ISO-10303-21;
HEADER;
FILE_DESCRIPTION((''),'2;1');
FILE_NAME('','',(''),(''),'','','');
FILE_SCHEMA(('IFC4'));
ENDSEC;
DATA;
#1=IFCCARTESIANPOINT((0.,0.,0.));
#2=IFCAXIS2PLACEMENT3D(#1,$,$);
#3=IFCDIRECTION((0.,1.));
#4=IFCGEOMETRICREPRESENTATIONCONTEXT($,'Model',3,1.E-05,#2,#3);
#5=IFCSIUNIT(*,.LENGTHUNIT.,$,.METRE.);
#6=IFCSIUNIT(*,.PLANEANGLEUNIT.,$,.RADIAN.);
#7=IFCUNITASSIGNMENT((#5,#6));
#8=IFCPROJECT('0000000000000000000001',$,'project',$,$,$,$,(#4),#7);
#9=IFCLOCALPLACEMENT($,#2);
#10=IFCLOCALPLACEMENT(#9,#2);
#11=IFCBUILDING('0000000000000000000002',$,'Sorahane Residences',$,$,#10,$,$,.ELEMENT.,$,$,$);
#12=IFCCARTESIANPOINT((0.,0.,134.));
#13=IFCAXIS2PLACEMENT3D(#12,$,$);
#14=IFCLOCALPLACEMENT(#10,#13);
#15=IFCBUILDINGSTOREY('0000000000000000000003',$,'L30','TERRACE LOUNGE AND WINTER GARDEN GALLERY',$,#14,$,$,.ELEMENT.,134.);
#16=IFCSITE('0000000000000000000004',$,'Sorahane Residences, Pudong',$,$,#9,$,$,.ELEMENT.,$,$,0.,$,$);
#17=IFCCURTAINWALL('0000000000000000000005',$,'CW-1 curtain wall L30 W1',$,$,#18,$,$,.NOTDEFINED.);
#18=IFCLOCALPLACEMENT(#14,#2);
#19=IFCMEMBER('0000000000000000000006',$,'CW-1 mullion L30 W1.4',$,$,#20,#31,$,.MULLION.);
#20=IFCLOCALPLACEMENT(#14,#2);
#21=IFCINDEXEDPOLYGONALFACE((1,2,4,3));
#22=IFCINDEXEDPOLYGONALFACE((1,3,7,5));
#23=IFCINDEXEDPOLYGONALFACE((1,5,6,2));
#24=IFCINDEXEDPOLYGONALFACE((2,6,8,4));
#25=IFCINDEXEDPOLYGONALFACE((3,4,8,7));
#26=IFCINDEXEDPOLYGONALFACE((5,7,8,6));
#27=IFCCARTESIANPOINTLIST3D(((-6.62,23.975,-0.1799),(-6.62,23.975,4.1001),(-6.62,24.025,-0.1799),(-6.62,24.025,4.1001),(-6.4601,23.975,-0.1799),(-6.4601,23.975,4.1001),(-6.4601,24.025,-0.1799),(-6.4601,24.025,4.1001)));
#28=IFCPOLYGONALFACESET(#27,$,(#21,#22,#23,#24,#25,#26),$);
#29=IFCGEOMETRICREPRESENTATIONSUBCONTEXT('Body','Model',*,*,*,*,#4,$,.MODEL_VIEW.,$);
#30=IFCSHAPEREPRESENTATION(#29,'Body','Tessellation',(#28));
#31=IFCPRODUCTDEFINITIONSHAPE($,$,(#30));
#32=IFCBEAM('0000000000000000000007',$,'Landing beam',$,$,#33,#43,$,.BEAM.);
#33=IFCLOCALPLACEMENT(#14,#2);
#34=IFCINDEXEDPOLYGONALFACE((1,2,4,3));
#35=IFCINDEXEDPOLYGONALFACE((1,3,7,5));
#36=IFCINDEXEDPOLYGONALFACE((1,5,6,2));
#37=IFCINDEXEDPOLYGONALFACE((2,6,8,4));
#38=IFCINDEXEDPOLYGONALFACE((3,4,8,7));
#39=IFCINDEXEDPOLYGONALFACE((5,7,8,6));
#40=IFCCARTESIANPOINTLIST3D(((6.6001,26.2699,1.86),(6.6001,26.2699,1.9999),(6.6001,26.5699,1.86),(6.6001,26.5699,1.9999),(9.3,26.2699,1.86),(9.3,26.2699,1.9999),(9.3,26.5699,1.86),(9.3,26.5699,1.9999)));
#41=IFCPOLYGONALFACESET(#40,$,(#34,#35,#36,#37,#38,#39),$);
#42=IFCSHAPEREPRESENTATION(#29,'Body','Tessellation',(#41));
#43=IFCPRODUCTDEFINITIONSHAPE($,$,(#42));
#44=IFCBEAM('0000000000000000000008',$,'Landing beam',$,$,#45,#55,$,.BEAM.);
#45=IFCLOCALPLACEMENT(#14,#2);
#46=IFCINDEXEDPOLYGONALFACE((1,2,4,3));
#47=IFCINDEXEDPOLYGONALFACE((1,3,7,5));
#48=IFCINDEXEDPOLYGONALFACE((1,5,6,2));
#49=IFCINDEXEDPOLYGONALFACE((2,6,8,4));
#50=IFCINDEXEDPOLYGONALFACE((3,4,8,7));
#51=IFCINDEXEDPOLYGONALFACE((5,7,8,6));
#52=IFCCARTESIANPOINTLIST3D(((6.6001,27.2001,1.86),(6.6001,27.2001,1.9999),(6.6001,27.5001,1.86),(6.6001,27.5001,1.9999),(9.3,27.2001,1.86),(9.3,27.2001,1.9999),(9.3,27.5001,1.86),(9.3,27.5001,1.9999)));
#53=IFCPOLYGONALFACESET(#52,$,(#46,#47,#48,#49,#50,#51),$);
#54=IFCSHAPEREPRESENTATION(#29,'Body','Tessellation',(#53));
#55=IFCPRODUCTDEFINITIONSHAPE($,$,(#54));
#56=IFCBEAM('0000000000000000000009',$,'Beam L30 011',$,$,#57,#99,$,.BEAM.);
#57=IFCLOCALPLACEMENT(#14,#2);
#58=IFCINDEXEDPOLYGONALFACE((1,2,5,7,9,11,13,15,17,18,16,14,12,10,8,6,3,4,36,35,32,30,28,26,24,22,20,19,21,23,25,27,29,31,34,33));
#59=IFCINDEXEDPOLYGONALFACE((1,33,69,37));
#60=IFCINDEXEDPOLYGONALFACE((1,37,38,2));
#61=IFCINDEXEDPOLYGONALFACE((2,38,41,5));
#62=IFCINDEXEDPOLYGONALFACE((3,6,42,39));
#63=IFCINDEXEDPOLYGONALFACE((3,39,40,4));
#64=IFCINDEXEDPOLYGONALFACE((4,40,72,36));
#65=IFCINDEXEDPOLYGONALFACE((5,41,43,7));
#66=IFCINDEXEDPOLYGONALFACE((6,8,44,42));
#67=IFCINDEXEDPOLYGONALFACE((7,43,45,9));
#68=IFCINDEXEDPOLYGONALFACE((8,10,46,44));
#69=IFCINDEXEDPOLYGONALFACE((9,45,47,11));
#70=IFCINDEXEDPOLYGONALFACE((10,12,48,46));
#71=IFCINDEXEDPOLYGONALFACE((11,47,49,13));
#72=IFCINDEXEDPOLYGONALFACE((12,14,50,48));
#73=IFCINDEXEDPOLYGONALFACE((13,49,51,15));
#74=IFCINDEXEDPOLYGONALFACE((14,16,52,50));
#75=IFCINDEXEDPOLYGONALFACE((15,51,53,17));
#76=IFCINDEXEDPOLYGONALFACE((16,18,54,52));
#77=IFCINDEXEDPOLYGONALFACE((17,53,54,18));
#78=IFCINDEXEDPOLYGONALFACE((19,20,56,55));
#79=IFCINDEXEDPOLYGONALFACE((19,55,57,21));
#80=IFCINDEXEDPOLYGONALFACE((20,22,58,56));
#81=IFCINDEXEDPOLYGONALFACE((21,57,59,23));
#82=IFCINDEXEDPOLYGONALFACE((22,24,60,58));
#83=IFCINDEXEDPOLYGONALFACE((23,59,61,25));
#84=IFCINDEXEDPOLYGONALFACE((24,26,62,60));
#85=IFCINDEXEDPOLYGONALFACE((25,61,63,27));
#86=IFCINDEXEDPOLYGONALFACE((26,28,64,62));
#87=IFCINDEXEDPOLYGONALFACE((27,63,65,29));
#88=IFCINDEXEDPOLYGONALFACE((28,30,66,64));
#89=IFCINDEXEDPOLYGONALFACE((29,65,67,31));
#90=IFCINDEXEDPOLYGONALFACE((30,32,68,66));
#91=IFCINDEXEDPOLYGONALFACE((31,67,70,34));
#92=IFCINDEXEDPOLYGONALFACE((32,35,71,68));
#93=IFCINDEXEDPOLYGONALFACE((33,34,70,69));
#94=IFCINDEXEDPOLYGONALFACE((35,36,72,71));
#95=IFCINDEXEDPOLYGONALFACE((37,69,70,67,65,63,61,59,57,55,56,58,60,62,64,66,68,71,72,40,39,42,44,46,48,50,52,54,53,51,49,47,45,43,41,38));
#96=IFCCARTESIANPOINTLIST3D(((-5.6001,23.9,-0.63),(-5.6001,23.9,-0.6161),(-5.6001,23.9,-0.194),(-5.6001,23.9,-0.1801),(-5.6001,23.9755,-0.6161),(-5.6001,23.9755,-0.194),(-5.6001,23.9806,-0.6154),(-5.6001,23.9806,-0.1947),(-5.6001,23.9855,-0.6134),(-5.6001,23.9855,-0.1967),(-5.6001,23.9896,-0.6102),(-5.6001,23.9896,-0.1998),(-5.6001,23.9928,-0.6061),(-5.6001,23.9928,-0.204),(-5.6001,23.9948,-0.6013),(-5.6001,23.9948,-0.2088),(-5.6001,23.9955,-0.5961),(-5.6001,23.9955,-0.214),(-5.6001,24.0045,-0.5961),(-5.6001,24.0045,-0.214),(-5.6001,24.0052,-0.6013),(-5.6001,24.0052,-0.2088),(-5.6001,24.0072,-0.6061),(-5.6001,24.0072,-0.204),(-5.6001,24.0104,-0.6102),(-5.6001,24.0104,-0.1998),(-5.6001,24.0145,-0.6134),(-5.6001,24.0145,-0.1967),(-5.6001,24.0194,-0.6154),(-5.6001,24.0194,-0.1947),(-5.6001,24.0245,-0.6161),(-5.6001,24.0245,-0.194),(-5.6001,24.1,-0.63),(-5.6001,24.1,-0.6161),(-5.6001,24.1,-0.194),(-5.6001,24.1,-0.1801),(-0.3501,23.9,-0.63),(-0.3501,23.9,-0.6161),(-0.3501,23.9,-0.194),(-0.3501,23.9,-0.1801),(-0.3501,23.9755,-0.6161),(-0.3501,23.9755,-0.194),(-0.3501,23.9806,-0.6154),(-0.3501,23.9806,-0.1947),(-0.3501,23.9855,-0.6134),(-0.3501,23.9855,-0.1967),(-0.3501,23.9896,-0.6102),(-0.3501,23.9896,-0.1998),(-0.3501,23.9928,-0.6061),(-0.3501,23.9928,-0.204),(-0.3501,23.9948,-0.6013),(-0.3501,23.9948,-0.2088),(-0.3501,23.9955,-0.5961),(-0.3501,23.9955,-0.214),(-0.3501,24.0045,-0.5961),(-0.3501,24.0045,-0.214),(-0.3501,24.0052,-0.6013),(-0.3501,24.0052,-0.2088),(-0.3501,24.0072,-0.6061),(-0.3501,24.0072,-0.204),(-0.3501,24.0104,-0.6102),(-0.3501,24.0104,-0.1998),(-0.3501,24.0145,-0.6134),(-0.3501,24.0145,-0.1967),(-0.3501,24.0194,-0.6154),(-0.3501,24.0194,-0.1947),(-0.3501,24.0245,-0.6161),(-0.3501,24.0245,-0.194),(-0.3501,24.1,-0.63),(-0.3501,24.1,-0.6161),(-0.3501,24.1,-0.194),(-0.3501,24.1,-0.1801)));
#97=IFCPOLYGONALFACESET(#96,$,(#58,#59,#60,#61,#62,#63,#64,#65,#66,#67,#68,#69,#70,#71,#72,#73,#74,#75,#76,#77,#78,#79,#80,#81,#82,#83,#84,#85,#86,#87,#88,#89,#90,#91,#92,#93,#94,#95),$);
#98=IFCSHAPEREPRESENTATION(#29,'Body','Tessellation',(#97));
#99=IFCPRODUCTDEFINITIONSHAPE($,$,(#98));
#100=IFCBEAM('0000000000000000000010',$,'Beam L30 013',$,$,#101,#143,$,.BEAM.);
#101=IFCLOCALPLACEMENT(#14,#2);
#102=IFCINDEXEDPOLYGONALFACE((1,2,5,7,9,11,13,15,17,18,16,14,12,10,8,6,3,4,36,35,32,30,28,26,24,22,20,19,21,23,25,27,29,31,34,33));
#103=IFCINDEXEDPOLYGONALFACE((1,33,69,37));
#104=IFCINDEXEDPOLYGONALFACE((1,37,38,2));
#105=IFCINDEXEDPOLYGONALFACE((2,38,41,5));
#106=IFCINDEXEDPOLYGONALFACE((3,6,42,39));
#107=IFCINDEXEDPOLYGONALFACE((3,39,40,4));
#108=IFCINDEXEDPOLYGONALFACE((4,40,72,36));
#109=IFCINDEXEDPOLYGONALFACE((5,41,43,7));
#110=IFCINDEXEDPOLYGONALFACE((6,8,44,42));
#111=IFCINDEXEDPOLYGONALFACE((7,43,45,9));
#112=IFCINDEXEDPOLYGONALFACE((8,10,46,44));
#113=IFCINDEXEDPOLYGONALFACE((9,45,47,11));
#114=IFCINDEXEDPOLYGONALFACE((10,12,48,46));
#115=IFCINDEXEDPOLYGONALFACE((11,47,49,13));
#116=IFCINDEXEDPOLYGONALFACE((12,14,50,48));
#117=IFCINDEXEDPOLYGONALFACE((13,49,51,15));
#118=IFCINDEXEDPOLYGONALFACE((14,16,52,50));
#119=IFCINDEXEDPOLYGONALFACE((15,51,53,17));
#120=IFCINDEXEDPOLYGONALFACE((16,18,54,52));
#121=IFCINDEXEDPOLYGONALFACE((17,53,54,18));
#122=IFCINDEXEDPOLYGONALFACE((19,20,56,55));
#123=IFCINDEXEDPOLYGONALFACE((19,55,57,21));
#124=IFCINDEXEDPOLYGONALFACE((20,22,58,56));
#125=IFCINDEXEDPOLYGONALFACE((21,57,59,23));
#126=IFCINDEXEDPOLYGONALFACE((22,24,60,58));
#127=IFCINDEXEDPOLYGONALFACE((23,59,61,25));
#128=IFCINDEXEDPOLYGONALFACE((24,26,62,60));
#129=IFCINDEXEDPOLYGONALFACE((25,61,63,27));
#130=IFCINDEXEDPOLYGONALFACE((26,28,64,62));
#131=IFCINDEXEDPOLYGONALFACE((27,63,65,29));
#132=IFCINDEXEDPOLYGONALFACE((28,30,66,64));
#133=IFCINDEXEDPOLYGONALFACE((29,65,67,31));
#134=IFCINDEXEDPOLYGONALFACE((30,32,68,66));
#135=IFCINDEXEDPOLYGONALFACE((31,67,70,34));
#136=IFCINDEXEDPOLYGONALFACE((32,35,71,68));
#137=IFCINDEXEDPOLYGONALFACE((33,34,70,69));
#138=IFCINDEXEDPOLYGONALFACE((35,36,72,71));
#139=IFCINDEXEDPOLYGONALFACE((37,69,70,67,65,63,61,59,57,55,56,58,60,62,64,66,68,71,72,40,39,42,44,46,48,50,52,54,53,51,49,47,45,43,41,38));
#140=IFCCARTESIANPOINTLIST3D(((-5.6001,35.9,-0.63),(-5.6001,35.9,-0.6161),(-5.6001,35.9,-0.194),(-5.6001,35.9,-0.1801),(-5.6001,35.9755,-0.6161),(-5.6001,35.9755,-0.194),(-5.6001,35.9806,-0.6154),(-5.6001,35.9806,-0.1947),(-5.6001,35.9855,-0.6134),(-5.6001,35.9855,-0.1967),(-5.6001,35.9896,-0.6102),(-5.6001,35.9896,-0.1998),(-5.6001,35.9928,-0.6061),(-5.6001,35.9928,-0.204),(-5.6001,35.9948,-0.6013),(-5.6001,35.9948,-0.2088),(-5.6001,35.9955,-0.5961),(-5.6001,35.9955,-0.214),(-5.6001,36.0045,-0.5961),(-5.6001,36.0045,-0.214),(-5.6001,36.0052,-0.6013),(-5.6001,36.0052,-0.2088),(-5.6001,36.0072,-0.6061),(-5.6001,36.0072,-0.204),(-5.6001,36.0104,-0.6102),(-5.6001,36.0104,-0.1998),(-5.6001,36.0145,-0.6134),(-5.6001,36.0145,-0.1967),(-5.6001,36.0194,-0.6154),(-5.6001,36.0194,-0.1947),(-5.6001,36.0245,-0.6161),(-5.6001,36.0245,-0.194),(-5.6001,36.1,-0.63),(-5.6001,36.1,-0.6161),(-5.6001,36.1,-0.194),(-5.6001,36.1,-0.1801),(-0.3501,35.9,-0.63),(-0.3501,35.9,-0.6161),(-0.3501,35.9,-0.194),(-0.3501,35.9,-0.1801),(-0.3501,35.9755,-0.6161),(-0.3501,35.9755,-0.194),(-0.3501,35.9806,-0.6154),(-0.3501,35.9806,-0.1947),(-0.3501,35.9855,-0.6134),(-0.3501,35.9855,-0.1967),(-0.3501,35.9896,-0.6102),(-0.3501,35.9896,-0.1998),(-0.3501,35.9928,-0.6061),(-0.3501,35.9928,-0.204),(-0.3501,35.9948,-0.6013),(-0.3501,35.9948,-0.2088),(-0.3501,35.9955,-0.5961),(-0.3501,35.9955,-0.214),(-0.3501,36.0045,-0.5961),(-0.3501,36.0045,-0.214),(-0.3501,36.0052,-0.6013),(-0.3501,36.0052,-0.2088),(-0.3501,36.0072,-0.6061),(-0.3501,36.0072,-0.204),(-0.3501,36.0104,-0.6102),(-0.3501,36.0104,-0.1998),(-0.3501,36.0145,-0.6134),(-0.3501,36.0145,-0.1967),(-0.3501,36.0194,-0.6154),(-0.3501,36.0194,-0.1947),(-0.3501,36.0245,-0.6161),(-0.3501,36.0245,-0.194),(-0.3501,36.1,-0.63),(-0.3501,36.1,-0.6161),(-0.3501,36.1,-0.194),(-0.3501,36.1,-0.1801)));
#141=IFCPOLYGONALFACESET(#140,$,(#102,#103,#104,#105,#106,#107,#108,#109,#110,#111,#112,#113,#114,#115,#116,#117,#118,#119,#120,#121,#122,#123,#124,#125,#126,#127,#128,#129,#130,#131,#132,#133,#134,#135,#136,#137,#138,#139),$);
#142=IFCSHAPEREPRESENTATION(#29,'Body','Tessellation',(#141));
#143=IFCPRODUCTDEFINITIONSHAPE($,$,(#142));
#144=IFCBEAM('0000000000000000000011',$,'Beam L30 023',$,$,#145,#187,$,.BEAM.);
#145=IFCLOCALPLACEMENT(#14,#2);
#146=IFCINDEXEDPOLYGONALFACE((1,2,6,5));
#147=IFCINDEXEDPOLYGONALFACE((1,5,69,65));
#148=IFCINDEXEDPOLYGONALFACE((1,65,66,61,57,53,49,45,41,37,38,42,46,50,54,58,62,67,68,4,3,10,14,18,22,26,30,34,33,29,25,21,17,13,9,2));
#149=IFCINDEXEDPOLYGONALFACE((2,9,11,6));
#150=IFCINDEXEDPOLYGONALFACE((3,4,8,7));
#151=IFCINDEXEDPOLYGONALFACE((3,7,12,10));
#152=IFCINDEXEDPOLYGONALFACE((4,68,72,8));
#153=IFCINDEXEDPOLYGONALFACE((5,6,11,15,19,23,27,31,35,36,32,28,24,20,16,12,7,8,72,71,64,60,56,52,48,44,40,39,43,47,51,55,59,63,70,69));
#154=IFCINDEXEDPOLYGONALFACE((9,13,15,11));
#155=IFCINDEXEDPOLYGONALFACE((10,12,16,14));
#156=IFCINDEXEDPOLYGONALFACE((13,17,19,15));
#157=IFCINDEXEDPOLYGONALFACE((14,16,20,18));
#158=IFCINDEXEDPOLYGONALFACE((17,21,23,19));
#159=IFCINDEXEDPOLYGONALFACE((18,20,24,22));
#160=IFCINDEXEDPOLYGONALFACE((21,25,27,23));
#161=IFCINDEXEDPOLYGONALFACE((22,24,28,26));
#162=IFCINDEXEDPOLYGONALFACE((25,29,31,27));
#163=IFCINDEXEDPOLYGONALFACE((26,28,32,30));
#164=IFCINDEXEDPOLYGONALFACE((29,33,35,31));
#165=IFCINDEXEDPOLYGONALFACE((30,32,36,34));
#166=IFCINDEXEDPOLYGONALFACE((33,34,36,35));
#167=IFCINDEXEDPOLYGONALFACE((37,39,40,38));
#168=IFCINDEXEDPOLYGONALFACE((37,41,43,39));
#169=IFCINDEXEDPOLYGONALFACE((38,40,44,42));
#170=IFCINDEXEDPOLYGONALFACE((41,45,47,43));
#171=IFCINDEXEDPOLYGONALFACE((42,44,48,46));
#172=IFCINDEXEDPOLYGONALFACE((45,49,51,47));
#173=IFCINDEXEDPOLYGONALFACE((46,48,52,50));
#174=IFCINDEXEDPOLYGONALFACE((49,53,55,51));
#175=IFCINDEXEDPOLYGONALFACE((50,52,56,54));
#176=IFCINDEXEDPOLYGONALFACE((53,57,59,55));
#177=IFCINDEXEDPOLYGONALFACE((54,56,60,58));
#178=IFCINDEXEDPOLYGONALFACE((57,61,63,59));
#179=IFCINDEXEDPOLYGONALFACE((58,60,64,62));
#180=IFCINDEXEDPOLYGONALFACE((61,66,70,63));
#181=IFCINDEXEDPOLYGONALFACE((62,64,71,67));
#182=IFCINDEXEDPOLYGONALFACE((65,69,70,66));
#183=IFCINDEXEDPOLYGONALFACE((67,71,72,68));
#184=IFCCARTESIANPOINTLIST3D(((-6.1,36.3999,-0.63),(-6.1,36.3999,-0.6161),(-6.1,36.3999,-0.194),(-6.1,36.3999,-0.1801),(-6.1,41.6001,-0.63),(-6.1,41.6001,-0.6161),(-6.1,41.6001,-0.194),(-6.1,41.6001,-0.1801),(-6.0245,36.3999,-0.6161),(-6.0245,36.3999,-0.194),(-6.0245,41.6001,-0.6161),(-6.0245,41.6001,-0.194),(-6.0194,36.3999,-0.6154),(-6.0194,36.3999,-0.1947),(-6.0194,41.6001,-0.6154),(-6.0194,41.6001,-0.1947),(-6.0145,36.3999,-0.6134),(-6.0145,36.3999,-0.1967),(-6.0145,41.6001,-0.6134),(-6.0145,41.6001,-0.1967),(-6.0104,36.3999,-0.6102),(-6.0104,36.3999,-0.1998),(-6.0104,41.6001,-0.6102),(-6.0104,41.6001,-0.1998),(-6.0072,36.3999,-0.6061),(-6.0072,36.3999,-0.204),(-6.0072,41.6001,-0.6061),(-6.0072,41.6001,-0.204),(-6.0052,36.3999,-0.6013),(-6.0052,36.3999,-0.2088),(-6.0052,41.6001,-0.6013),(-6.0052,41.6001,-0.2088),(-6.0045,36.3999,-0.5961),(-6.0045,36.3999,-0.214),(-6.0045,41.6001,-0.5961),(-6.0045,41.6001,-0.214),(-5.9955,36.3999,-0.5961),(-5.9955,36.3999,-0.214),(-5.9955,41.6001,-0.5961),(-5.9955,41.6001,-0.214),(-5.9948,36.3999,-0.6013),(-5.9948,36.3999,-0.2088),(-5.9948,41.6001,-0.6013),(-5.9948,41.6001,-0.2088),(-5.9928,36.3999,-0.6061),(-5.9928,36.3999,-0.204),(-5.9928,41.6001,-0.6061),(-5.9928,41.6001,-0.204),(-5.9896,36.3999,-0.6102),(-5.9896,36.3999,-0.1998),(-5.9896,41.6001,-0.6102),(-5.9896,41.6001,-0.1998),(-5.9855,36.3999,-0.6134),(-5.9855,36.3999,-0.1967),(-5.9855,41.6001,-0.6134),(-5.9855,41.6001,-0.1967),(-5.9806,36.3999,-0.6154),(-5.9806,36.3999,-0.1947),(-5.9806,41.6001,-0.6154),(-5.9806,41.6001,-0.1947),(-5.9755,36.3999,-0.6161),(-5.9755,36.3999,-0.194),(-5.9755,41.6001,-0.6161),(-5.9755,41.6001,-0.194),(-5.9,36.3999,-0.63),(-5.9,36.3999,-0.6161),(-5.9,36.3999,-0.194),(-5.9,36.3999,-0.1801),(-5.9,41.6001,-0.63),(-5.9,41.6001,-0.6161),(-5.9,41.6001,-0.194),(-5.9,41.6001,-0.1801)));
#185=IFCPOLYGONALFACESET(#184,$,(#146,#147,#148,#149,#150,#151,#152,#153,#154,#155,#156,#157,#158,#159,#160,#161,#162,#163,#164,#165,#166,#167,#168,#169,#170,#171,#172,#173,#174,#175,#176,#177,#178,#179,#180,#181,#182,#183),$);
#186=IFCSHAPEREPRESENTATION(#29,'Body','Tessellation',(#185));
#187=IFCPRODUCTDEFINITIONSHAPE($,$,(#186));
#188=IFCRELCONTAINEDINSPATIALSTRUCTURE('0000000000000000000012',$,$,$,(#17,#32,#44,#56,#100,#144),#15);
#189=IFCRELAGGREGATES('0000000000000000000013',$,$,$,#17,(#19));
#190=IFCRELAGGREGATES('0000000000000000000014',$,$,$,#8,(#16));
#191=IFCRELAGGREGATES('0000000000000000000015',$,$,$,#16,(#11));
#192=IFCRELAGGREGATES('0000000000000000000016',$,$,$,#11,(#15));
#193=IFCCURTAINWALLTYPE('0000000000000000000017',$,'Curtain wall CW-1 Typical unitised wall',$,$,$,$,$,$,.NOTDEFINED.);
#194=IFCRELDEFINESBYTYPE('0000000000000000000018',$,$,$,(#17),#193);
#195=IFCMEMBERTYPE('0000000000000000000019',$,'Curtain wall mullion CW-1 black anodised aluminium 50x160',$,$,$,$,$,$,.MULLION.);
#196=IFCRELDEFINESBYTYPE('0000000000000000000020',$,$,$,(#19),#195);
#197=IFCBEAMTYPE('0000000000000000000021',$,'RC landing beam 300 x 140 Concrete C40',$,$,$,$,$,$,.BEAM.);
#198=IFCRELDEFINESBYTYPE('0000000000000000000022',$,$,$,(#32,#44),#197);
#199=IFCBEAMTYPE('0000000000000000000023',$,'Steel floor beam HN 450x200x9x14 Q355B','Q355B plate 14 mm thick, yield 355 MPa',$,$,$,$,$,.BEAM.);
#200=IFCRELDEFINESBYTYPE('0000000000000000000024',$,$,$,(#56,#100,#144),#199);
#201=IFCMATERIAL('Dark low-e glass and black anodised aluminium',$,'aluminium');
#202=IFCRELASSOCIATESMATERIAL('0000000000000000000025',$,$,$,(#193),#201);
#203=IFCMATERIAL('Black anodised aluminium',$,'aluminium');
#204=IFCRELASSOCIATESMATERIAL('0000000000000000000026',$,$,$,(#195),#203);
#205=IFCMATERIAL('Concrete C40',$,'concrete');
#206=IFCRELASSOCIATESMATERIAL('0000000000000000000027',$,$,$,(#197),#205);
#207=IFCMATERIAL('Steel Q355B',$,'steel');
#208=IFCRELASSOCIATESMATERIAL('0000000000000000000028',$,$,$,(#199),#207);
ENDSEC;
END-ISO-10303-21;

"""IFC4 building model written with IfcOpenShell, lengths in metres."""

from ifc_helpers import new_model, si_unit, direction, frame, origin, origin_2d, place, context, subcontext, project, spatial, rectangle, i_section, extrude, material, material_profile, profile_set, type_object, element, aggregate, save


model = new_model("IFC4")

# Units and contexts
model_context = context("Model", 3, precision=1e-05, world=origin(), true_north=direction((0.0, 1.0)))
body_context = subcontext(model_context, "Body", "Model", "MODEL_VIEW")
ifc_project = project(units=[si_unit("LENGTHUNIT", "METRE"), si_unit("PLANEANGLEUNIT", "RADIAN")], contexts=[model_context])

# Site, building, storey
site_placement = place(None, origin())
site = spatial("IfcSite", under=ifc_project, at=site_placement, Name="Sorahane Residences, Pudong", CompositionType="ELEMENT", RefElevation=0.0)
building_placement = place(site_placement, origin())
building = spatial("IfcBuilding", under=site, at=building_placement, Name="Sorahane Residences", CompositionType="ELEMENT")
storey_placement = place(building_placement, frame((0.0, 0.0, 134.0)))
storey = spatial("IfcBuildingStorey", under=building, at=storey_placement, Name="L30", Description="TERRACE LOUNGE AND WINTER GARDEN GALLERY", CompositionType="ELEMENT", Elevation=134.0)

# Curtain wall, member
ifc_material_1 = material(Name="Dark low-e glass and black anodised aluminium", Category="aluminium")
curtain_wall_type = type_object("IfcCurtainWallType", Name="Curtain wall CW-1 Typical unitised wall", PredefinedType="NOTDEFINED", material=ifc_material_1)
curtain_wall_placement = place(storey_placement, origin())
curtain_wall = element("IfcCurtainWall", 1, at=curtain_wall_placement, inside=storey, type_object=curtain_wall_type, Name="CW-1 curtain wall L30 W1", PredefinedType="NOTDEFINED")
ifc_material_2 = material(Name="Black anodised aluminium", Category="aluminium")
ifc_material_profile_1 = material_profile(ifc_material_2, rectangle(XDim=0.1599, YDim=0.05, at=origin_2d()), Name="Curtain wall mullion CW-1 black anodised aluminium 50x160")
ifc_profile_set_1 = profile_set([ifc_material_profile_1], Name="Black anodised aluminium")
member_type_1 = type_object("IfcMemberType", Name="Curtain wall mullion CW-1 black anodised aluminium 50x160", PredefinedType="MULLION", material=ifc_profile_set_1)
member_1_placement = place(storey_placement, frame((-6.54, 24.0, -0.1799), z_axis=(0.0, 0.0, 1.0), x_axis=(-1.0, 0.0, 0.0)))
member_1 = element("IfcMember", 2, at=member_1_placement, type_object=member_type_1, Name="CW-1 mullion L30 W1.4", PredefinedType="MULLION", context=body_context, shape_type="SweptSolid", body=[
    extrude(rectangle(XDim=0.1599, YDim=0.05, at=origin_2d()), origin(), (0.0, 0.0, 1.0), 4.28),
])

# Beams
ifc_material_3 = material(Name="Concrete C40", Category="concrete")
ifc_material_profile_2 = material_profile(ifc_material_3, rectangle(XDim=0.3, YDim=0.1399, at=origin_2d()), Name="300x140")
ifc_profile_set_2 = profile_set([ifc_material_profile_2], Name="Concrete C40")
beam_type_1 = type_object("IfcBeamType", Name="RC landing beam 300 x 140 Concrete C40", PredefinedType="BEAM", material=ifc_profile_set_2)
for number, where, z_axis, x_axis, name in (
    (3, (6.6001, 26.4199, 1.9299), (1.0, 0.0, 0.0), (0.0, 1.0, 0.0), "Landing beam"),
    (4, (6.6001, 27.3501, 1.9299), (1.0, 0.0, 0.0), (0.0, 1.0, 0.0), "Landing beam"),
):
    element("IfcBeam", number, at=place(storey_placement, frame(where, z_axis=z_axis, x_axis=x_axis)), inside=storey, type_object=beam_type_1, Name=name, PredefinedType="BEAM", context=body_context, shape_type="SweptSolid", body=[
        extrude(rectangle(XDim=0.3, YDim=0.1399, at=origin_2d()), origin(), (0.0, 0.0, 1.0), 2.7),
    ])
ifc_material_4 = material(Name="Steel Q355B", Category="steel")
ifc_material_profile_3 = material_profile(ifc_material_4, i_section(OverallWidth=0.2, OverallDepth=0.45, WebThickness=0.009, FlangeThickness=0.0139, FilletRadius=0.02, at=origin_2d()), Name="HN 450x200x9x14")
ifc_profile_set_3 = profile_set([ifc_material_profile_3], Name="Steel Q355B")
beam_type_2 = type_object("IfcBeamType", Name="Steel floor beam HN 450x200x9x14 Q355B", Description="Q355B plate 14 mm thick, yield 355 MPa", PredefinedType="BEAM", material=ifc_profile_set_3)
for number, where, z_axis, x_axis, name in (
    (5, (-5.6001, 24.0, -0.405), (1.0, 0.0, 0.0), (0.0, 1.0, 0.0), "Beam L30 011"),
    (6, (-5.6001, 36.0, -0.405), (1.0, 0.0, 0.0), (0.0, 1.0, 0.0), "Beam L30 013"),
):
    element("IfcBeam", number, at=place(storey_placement, frame(where, z_axis=z_axis, x_axis=x_axis)), inside=storey, type_object=beam_type_2, Name=name, PredefinedType="BEAM", context=body_context, shape_type="SweptSolid", body=[
        extrude(i_section(OverallWidth=0.2, OverallDepth=0.45, WebThickness=0.009, FlangeThickness=0.0139, FilletRadius=0.02, at=origin_2d()), origin(), (0.0, 0.0, 1.0), 5.25),
    ])
beam_1_placement = place(storey_placement, frame((-6.0, 36.3999, -0.405), z_axis=(0.0, 1.0, 0.0), x_axis=(-1.0, 0.0, 0.0)))
element("IfcBeam", 7, at=beam_1_placement, inside=storey, type_object=beam_type_2, Name="Beam L30 023", PredefinedType="BEAM", context=body_context, shape_type="SweptSolid", body=[
    extrude(i_section(OverallWidth=0.2, OverallDepth=0.45, WebThickness=0.009, FlangeThickness=0.0139, FilletRadius=0.02, at=origin_2d()), origin(), (0.0, 0.0, 1.0), 5.2002),
])

aggregate(curtain_wall, [member_1])

save(model, "model.ifc")
